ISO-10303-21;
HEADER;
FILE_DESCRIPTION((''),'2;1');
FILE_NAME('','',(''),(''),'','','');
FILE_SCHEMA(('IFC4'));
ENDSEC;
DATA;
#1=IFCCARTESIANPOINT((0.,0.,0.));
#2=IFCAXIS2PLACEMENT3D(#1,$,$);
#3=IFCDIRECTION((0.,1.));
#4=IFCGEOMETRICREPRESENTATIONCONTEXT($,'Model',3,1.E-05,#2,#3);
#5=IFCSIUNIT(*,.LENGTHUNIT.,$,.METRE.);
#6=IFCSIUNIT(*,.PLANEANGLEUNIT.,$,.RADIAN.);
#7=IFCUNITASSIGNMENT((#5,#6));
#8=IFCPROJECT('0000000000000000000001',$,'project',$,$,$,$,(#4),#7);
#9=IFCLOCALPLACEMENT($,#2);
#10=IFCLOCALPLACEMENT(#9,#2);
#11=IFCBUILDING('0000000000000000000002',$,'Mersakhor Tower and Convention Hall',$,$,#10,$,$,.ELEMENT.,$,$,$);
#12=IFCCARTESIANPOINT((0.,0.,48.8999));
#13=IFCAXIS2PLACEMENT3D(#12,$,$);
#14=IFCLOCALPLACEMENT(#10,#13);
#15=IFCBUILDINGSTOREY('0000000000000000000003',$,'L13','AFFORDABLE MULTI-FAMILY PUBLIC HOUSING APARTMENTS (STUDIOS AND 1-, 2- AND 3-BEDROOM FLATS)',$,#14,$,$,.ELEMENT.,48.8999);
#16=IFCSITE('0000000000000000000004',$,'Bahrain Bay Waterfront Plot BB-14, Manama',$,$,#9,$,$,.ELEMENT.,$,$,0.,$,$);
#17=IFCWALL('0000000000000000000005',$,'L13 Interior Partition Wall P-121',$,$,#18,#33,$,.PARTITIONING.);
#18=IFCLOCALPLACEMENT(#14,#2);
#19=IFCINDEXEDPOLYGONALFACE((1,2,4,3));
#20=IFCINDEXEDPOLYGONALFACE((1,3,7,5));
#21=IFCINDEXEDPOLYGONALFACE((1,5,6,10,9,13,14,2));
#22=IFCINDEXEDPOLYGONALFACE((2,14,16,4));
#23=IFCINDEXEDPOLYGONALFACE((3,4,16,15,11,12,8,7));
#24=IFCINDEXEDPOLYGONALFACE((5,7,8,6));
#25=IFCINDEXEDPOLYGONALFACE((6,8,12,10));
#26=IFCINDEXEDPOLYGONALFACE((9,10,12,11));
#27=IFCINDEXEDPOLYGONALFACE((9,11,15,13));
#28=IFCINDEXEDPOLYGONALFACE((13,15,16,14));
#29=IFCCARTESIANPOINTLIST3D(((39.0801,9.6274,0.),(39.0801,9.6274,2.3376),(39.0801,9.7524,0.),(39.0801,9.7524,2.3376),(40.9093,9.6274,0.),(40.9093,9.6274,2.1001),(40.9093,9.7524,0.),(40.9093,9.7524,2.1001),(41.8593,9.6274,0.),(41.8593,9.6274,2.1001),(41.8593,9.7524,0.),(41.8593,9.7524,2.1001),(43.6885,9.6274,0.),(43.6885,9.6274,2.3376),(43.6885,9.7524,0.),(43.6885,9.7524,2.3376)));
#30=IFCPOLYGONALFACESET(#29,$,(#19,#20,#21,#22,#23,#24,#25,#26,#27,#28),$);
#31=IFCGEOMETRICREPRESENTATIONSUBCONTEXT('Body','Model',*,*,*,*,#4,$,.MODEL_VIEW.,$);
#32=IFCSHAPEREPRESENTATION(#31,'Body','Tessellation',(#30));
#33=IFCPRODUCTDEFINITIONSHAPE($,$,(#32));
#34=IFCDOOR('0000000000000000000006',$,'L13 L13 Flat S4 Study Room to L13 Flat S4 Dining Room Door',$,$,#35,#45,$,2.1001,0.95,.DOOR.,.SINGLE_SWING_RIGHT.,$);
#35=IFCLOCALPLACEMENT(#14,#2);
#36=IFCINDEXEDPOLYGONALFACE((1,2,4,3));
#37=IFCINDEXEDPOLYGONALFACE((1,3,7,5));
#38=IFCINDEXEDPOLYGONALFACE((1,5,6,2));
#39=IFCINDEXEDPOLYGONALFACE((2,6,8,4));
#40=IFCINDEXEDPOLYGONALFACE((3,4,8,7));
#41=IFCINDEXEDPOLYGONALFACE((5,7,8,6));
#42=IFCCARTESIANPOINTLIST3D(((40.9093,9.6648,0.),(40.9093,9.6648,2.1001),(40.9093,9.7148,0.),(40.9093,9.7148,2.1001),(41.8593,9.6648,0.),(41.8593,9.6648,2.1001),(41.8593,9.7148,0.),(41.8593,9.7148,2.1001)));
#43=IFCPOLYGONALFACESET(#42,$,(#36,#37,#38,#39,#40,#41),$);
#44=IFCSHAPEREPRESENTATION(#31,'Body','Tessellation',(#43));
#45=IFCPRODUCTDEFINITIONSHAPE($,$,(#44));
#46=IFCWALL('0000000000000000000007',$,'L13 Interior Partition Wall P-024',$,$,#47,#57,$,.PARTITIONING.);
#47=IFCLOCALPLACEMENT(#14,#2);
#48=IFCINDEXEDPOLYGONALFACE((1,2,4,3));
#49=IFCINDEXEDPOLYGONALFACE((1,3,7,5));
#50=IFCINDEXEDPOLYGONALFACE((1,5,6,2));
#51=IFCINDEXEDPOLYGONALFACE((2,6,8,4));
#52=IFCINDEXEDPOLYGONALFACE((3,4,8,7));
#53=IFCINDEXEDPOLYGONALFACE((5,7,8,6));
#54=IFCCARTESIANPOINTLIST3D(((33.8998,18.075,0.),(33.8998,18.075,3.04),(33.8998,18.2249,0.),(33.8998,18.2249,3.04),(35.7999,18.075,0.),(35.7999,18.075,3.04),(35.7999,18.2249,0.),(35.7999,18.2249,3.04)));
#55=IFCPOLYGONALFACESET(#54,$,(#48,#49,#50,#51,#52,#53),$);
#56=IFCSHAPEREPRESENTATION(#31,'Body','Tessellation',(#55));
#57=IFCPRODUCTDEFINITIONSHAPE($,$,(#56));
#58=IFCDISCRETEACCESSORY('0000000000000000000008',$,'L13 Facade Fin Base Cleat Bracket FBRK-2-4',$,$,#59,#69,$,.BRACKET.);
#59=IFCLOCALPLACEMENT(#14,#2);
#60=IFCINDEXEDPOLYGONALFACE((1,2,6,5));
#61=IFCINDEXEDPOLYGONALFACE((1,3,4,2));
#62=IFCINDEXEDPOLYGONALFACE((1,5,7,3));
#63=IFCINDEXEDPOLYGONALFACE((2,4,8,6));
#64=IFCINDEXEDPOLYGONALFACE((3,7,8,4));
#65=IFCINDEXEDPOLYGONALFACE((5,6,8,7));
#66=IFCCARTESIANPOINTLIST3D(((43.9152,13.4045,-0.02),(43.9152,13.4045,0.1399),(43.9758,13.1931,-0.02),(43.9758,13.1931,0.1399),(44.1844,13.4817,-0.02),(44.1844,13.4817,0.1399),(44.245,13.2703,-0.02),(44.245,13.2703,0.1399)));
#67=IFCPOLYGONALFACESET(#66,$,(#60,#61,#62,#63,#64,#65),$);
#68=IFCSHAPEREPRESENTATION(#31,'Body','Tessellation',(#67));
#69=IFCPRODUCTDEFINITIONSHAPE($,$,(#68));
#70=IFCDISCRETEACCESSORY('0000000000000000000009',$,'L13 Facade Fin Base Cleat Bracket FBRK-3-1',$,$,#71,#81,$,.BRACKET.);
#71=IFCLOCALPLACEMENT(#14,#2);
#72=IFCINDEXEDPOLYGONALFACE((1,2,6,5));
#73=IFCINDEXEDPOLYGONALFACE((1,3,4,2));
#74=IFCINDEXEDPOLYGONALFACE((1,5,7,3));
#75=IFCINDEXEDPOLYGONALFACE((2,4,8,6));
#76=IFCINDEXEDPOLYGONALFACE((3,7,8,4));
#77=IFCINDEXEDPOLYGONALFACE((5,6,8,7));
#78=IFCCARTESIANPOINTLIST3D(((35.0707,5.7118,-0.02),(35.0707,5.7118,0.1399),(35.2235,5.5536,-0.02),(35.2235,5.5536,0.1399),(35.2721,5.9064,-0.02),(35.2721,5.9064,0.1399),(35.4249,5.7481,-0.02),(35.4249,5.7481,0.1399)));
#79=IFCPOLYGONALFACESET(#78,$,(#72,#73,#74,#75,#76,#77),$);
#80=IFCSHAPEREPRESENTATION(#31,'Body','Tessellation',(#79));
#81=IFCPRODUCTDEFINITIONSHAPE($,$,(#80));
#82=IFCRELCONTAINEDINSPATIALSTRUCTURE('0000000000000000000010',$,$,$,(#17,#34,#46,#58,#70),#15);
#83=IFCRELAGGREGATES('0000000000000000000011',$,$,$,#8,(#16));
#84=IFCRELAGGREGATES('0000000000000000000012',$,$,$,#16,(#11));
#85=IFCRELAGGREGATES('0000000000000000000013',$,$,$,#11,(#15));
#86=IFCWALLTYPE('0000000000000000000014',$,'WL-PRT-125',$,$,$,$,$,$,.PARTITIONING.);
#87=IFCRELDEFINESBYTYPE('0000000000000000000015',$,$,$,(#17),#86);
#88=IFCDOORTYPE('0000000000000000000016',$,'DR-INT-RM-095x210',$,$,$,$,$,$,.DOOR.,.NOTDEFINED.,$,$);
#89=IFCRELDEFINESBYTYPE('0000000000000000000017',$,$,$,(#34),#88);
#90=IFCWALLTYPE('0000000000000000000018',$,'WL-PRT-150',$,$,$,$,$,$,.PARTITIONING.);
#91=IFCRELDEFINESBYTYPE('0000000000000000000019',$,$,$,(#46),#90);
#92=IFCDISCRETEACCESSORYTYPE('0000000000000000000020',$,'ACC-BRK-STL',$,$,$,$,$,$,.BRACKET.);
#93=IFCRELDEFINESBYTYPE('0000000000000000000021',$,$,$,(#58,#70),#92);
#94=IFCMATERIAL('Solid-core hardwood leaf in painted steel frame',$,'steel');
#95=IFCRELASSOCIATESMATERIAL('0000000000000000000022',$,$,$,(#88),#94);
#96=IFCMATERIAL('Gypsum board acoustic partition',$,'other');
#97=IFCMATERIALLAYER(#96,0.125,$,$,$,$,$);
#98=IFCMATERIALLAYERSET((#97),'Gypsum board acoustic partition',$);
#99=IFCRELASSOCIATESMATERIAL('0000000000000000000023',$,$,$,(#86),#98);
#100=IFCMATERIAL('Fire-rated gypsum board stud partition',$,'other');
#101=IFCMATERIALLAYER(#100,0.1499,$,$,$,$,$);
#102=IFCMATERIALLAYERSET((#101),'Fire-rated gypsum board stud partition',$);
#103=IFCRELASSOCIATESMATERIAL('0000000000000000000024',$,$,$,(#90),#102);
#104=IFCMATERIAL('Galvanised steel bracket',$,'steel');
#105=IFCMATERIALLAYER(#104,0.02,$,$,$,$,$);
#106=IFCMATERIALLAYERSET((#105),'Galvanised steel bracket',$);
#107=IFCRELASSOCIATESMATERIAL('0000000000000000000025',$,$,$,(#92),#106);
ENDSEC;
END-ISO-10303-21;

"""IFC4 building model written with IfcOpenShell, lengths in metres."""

from ifc_helpers import new_model, si_unit, direction, frame, frame_2d, origin, origin_2d, place, context, subcontext, project, spatial, rectangle, extrude, material, layer, layer_set, type_object, element, fill, save


model = new_model("IFC4")

# Units and contexts
model_context = context("Model", 3, precision=1e-05, world=origin(), true_north=direction((0.0, 1.0)))
body_context = subcontext(model_context, "Body", "Model", "MODEL_VIEW")
ifc_project = project(units=[si_unit("LENGTHUNIT", "METRE"), si_unit("PLANEANGLEUNIT", "RADIAN")], contexts=[model_context])

# Site, building, storey
site_placement = place(None, origin())
site = spatial("IfcSite", under=ifc_project, at=site_placement, Name="Bahrain Bay Waterfront Plot BB-14, Manama", CompositionType="ELEMENT", RefElevation=0.0)
building_placement = place(site_placement, origin())
building = spatial("IfcBuilding", under=site, at=building_placement, Name="Mersakhor Tower and Convention Hall", CompositionType="ELEMENT")
storey_placement = place(building_placement, frame((0.0, 0.0, 48.8999)))
storey = spatial("IfcBuildingStorey", under=building, at=storey_placement, Name="L13", Description="AFFORDABLE MULTI-FAMILY PUBLIC HOUSING APARTMENTS (STUDIOS AND 1-, 2- AND 3-BEDROOM FLATS)", CompositionType="ELEMENT", Elevation=48.8999)

# Shared definitions
ifc_material_1 = material(Name="Solid-core hardwood leaf in painted steel frame", Category="steel")
door_type_1 = type_object("IfcDoorType", Name="DR-INT-RM-095x210", OperationType="NOTDEFINED", PredefinedType="DOOR", material=ifc_material_1)

# Wall, opening, door
ifc_material_2 = material(Name="Gypsum board acoustic partition", Category="other")
ifc_layer_1 = layer(ifc_material_2, 0.125)
ifc_layer_set_1 = layer_set([ifc_layer_1], Name="Gypsum board acoustic partition")
wall_type_1 = type_object("IfcWallType", Name="WL-PRT-125", PredefinedType="PARTITIONING", material=ifc_layer_set_1)
wall_1_placement = place(storey_placement, frame((39.0801, 9.6899, 0.0), z_axis=(0.0, 0.0, 1.0), x_axis=(1.0, 0.0, 0.0)))
wall_1 = element("IfcWall", 1, at=wall_1_placement, inside=storey, type_object=wall_type_1, Name="L13 Interior Partition Wall P-121", PredefinedType="PARTITIONING", context=body_context, shape_type="SweptSolid", body=[
    extrude(rectangle(XDim=4.6084, YDim=0.125, at=frame_2d((2.3042, 0.0))), origin(), (0.0, 0.0, 1.0), 2.3376),
])
opening_1_placement = place(wall_1_placement, frame((1.8291, 0.0, 0.0)))
opening_1 = element("IfcOpeningElement", 2, at=opening_1_placement, cuts=wall_1, PredefinedType="OPENING", context=body_context, shape_type="SweptSolid", body=[
    extrude(rectangle(XDim=0.95, YDim=2.1001, at=frame_2d((0.4751, 1.05))), frame((0.0, 0.0725, 0.0), z_axis=(0.0, -1.0, 0.0), x_axis=(1.0, 0.0, 0.0)), (0.0, 0.0, 1.0), 0.145),
])
door_1_placement = place(opening_1_placement, origin())
door_1 = element("IfcDoor", 3, at=door_1_placement, inside=storey, type_object=door_type_1, Name="L13 L13 Flat S4 Study Room to L13 Flat S4 Dining Room Door", OperationType="SINGLE_SWING_RIGHT", OverallHeight=2.1001, OverallWidth=0.95, PredefinedType="DOOR", context=body_context, shape_type="SweptSolid", body=[
    extrude(rectangle(XDim=0.95, YDim=2.1001, at=frame_2d((0.4751, 1.05))), frame((0.0, 0.0249, 0.0), z_axis=(0.0, -1.0, 0.0), x_axis=(1.0, 0.0, 0.0)), (0.0, 0.0, 1.0), 0.05),
])
fill(opening_1, door_1)

# Wall
ifc_material_3 = material(Name="Fire-rated gypsum board stud partition", Category="other")
ifc_layer_2 = layer(ifc_material_3, 0.1499)
ifc_layer_set_2 = layer_set([ifc_layer_2], Name="Fire-rated gypsum board stud partition")
wall_type_2 = type_object("IfcWallType", Name="WL-PRT-150", PredefinedType="PARTITIONING", material=ifc_layer_set_2)
wall_2_placement = place(storey_placement, frame((35.8, 18.1499, 0.0), z_axis=(0.0, 0.0, 1.0), x_axis=(-1.0, 0.0, 0.0)))
element("IfcWall", 4, at=wall_2_placement, inside=storey, type_object=wall_type_2, Name="L13 Interior Partition Wall P-024", PredefinedType="PARTITIONING", context=body_context, shape_type="SweptSolid", body=[
    extrude(rectangle(XDim=1.9001, YDim=0.1499, at=frame_2d((0.9502, 0.0))), origin(), (0.0, 0.0, 1.0), 3.04),
])

# Discrete accessories
ifc_material_4 = material(Name="Galvanised steel bracket", Category="steel")
ifc_layer_3 = layer(ifc_material_4, 0.02)
ifc_layer_set_3 = layer_set([ifc_layer_3], Name="Galvanised steel bracket")
discrete_accessory_type = type_object("IfcDiscreteAccessoryType", Name="ACC-BRK-STL", PredefinedType="BRACKET", material=ifc_layer_set_3)
for number, where, z_axis, x_axis, name in (
    (5, (44.0801, 13.3374, -0.02), (0.0, 0.0, 1.0), (0.961262, 0.275637, 0.0), "L13 Facade Fin Base Cleat Bracket FBRK-2-4"),
    (6, (35.2478, 5.73, -0.02), (0.0, 0.0, 1.0), (-0.71934, -0.694658, 0.0), "L13 Facade Fin Base Cleat Bracket FBRK-3-1"),
):
    element("IfcDiscreteAccessory", number, at=place(storey_placement, frame(where, z_axis=z_axis, x_axis=x_axis)), inside=storey, type_object=discrete_accessory_type, Name=name, PredefinedType="BRACKET", context=body_context, shape_type="SweptSolid", body=[
        extrude(rectangle(XDim=0.28, YDim=0.22, at=origin_2d()), origin(), (0.0, 0.0, 1.0), 0.1599),
    ])

save(model, "model.ifc")
